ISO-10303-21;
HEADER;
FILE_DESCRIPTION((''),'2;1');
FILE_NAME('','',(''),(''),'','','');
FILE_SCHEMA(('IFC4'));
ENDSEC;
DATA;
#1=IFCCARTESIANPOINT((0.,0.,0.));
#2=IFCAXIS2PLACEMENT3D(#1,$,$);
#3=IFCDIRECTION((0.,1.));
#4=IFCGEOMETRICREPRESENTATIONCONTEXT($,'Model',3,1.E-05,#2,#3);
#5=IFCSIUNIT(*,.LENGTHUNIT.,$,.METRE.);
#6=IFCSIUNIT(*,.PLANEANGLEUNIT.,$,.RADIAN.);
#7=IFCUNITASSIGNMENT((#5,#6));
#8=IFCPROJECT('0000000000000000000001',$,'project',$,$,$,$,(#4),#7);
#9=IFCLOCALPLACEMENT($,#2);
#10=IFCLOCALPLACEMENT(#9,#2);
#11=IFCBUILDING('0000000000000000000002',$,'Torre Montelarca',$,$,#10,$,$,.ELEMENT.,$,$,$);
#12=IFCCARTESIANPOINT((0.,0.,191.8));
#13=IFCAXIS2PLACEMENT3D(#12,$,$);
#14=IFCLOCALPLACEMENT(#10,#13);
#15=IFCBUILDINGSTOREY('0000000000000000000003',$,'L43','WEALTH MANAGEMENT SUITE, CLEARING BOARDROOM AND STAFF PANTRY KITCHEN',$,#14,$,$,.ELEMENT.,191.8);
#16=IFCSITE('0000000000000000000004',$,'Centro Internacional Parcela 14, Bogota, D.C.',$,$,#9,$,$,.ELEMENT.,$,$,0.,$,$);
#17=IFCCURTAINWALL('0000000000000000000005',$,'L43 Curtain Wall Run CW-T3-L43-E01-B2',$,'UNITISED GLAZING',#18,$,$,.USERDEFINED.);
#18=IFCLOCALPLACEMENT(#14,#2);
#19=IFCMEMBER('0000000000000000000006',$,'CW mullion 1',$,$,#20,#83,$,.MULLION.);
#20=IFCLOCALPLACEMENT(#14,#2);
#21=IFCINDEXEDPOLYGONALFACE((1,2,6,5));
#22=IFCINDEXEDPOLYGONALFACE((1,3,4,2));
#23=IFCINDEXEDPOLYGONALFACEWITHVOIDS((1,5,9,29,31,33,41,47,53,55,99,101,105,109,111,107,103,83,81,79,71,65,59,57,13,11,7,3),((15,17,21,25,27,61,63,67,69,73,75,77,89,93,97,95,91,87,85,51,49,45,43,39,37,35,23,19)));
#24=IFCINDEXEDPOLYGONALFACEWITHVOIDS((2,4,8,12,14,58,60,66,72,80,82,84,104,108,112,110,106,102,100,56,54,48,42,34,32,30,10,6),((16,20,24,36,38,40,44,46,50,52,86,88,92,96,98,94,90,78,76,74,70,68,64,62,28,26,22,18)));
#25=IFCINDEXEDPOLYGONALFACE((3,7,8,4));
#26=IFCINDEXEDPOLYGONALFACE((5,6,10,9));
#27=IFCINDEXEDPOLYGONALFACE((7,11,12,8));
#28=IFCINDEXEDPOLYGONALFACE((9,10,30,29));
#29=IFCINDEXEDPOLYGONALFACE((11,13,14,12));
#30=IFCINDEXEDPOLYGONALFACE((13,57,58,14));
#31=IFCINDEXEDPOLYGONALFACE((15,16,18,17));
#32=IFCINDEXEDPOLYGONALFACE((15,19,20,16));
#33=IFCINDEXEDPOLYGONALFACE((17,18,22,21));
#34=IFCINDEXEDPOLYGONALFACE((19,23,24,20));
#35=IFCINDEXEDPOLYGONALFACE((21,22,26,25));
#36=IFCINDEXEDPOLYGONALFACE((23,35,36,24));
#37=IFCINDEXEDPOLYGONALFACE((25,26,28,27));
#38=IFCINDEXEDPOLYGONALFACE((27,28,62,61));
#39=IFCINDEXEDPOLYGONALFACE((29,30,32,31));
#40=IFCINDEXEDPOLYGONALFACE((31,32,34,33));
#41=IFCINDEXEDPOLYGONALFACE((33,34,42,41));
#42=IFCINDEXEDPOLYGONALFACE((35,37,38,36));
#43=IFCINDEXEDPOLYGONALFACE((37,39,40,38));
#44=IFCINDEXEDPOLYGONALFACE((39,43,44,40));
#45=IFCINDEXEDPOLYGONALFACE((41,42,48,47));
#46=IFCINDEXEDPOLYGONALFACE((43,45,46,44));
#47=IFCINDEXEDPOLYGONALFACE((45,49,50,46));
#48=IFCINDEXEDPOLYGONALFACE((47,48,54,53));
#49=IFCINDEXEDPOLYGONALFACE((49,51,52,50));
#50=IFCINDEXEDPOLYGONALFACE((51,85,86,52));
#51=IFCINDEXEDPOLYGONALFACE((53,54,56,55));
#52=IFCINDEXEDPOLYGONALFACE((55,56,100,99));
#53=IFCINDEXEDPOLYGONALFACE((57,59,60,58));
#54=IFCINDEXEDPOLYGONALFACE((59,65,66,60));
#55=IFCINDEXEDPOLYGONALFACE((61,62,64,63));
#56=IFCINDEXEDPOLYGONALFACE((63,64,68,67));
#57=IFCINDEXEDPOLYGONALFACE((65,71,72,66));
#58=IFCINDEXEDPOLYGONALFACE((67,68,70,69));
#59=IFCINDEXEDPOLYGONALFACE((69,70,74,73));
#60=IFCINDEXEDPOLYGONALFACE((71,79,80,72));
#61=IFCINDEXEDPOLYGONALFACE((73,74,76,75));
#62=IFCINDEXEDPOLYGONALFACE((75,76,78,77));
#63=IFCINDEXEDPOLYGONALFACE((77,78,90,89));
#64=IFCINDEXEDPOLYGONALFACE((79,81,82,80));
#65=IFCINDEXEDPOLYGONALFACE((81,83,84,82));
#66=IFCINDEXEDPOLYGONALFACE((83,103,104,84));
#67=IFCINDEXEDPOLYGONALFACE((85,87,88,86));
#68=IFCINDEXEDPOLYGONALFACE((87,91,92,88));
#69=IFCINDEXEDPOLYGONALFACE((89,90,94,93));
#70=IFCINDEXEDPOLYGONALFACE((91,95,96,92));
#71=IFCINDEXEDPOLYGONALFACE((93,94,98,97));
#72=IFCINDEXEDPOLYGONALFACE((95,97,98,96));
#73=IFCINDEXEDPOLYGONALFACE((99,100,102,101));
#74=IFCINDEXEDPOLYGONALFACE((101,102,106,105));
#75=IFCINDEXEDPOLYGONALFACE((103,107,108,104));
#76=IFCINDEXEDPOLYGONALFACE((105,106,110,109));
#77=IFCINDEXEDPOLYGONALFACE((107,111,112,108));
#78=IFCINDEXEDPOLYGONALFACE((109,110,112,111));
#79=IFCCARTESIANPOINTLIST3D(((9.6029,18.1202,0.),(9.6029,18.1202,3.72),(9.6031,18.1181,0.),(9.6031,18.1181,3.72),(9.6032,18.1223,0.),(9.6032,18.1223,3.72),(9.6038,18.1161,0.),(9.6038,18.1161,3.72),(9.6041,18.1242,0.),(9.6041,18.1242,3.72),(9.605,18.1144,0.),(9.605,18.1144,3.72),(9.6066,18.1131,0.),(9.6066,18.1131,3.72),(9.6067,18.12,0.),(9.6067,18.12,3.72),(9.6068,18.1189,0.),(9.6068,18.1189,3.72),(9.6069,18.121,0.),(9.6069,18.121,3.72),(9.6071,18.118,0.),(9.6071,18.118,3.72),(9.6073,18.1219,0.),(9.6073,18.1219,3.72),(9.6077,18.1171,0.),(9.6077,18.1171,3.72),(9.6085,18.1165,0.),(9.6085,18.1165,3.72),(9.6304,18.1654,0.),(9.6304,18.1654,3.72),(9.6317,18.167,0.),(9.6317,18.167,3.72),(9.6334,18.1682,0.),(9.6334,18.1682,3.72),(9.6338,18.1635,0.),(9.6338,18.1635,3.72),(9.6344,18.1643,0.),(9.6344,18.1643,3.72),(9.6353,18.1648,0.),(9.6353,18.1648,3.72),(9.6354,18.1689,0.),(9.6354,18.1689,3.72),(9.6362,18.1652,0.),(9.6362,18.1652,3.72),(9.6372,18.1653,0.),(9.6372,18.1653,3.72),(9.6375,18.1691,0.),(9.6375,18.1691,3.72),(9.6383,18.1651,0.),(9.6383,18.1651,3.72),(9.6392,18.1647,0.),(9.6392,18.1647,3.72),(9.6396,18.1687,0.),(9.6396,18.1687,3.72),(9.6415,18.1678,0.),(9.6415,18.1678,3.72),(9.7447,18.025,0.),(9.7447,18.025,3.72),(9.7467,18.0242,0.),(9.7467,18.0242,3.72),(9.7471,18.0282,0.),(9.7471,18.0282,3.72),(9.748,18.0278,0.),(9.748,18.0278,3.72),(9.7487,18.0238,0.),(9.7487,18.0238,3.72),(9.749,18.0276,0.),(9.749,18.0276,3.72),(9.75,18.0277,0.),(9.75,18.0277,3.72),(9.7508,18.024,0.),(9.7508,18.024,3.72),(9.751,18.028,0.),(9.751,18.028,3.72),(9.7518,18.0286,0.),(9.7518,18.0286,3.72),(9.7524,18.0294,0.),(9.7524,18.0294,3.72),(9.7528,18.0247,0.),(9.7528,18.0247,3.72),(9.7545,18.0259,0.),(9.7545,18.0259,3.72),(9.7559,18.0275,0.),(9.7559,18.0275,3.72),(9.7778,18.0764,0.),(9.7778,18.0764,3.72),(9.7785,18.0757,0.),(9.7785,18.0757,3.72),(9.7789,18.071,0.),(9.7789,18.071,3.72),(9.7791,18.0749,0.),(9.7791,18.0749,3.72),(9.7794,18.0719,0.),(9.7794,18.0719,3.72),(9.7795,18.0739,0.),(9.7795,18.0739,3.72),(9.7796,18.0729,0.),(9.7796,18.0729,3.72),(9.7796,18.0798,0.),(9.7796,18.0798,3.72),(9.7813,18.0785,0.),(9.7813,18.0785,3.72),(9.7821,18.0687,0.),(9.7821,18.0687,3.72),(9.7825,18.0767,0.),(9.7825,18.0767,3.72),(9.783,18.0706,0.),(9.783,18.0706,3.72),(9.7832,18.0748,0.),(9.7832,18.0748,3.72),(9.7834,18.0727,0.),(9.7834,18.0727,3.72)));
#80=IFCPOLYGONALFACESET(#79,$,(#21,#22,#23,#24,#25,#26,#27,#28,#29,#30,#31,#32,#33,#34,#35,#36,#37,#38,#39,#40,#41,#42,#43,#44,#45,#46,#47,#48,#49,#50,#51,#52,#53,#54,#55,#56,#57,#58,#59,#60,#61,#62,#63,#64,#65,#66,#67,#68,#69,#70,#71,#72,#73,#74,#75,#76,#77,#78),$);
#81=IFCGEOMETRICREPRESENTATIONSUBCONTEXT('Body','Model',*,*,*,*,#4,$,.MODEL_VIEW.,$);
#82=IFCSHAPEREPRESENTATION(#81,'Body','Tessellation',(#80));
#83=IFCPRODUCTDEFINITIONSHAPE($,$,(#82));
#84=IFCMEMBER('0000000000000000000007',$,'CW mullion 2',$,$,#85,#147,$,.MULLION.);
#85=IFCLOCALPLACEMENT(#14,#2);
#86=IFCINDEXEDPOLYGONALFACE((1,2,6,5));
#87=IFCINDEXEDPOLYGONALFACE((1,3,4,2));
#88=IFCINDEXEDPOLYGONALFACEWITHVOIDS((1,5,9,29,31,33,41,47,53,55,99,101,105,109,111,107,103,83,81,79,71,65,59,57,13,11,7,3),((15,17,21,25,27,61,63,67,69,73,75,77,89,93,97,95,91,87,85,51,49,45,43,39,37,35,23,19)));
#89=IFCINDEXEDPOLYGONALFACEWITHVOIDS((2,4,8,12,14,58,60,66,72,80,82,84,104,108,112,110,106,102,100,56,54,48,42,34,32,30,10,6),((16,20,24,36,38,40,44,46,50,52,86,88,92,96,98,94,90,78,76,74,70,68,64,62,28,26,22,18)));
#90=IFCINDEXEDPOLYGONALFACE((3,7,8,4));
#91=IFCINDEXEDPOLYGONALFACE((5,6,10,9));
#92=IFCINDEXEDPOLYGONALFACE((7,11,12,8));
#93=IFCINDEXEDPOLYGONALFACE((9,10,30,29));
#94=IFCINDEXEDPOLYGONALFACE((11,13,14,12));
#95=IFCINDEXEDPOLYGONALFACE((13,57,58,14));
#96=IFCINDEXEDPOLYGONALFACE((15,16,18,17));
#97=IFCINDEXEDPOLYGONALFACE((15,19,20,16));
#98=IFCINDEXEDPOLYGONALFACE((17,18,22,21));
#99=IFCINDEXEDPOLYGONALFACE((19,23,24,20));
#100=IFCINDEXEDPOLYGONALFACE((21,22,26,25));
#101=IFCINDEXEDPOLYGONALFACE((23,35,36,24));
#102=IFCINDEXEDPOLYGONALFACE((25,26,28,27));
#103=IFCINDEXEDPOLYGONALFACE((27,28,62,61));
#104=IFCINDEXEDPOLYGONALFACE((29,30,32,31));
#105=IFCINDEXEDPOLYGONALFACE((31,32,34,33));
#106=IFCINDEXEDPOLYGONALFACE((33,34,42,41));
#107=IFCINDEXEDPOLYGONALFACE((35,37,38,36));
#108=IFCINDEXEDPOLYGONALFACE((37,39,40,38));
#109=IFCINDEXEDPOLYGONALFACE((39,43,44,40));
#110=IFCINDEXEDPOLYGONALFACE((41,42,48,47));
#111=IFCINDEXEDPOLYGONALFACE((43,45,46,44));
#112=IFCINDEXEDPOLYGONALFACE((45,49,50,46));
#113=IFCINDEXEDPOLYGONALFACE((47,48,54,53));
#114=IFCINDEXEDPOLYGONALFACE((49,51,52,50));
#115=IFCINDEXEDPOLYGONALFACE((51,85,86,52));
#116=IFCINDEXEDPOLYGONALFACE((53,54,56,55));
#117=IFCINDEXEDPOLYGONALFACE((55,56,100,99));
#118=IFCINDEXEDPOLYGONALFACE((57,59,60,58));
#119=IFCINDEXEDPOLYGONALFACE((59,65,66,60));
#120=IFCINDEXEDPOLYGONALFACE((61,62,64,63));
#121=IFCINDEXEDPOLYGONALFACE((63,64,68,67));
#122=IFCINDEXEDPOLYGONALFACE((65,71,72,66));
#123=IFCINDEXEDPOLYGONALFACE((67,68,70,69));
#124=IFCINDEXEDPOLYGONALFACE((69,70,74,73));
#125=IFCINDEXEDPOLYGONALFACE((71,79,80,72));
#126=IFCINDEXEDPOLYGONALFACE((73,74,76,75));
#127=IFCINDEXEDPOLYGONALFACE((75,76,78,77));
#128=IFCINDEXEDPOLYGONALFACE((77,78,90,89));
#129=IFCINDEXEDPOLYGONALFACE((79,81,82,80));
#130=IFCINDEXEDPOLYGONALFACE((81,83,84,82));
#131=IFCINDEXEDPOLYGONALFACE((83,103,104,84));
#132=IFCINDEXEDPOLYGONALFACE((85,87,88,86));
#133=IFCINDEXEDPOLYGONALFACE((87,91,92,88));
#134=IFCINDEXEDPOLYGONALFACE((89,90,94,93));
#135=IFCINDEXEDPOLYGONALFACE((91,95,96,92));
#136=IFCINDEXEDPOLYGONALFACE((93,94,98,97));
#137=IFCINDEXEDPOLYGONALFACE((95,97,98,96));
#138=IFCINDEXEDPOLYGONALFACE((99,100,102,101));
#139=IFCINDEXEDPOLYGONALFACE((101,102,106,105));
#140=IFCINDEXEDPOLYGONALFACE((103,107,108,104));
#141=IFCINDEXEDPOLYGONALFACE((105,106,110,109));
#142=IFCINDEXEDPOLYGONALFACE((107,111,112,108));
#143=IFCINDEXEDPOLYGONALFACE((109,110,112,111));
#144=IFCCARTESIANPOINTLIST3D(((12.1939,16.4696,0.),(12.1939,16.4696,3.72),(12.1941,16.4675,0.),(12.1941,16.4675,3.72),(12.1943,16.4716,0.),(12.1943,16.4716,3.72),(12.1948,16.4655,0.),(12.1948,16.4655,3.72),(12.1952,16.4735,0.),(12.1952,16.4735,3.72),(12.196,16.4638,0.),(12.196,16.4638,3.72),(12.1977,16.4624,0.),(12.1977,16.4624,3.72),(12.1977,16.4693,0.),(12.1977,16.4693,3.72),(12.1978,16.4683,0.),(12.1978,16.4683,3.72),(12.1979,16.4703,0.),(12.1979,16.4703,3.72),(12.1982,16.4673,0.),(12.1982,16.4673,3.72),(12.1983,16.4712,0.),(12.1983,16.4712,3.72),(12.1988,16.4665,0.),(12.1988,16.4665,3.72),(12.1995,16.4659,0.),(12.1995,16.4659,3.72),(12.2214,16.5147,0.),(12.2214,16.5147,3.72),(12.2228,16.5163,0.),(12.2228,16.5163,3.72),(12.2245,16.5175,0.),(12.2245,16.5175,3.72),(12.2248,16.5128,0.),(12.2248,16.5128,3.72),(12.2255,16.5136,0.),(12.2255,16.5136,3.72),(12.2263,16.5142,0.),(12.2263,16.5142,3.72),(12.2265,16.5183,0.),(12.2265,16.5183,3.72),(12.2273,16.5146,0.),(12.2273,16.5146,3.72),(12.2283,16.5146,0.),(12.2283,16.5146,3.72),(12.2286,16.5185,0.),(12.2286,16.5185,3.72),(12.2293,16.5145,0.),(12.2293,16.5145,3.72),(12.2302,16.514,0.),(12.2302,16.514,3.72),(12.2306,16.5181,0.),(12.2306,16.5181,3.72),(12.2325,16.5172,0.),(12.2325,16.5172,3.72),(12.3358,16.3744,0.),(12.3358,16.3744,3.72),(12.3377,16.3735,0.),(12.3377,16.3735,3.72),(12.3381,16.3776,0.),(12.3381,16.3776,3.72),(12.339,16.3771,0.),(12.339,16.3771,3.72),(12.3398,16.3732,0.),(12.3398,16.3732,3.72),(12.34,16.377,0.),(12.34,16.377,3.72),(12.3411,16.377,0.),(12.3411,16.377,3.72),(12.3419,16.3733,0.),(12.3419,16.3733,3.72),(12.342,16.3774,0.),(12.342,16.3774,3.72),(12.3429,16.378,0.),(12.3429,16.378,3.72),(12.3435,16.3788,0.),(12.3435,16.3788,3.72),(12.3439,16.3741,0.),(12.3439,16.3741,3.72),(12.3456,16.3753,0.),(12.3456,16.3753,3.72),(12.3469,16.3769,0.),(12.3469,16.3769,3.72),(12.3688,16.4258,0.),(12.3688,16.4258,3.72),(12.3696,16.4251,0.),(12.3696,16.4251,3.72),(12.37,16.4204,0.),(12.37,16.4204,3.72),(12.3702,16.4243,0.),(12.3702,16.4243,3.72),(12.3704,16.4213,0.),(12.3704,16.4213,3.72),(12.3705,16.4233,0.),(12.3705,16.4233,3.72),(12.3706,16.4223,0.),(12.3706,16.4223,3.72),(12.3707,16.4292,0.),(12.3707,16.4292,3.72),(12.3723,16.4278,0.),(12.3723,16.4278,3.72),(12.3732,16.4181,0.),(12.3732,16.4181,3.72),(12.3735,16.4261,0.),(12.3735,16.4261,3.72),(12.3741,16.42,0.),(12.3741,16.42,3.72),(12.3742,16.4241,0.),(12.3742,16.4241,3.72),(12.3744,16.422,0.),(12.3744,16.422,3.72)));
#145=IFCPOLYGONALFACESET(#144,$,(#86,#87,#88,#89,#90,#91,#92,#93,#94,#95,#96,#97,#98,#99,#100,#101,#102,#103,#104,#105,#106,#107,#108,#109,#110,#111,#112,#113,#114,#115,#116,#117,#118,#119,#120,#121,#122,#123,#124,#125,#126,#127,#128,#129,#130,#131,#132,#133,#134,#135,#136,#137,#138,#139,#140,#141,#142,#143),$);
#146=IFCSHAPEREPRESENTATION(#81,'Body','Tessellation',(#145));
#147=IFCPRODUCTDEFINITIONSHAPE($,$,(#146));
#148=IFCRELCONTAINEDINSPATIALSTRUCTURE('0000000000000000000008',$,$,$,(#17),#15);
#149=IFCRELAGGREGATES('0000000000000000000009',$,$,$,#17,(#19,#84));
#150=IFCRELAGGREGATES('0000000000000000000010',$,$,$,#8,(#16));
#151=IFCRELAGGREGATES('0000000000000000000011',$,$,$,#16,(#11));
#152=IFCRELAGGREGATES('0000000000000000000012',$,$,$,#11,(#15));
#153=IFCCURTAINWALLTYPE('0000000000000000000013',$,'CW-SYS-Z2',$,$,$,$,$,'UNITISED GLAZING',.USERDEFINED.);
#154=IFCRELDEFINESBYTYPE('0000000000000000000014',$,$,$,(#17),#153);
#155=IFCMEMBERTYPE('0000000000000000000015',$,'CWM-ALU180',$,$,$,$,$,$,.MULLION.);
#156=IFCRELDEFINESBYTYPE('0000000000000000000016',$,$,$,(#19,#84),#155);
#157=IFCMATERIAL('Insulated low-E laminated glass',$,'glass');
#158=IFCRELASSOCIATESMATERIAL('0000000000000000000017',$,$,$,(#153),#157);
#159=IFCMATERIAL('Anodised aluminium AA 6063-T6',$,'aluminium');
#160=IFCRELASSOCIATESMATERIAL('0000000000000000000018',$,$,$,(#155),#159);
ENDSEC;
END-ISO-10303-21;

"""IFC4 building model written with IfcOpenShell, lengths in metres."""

from ifc_helpers import new_model, si_unit, direction, frame, origin, origin_2d, place, context, subcontext, project, spatial, hollow_rectangle, extrude, source, transform, mapped, material, material_profile, profile_set, type_object, element, aggregate, save


model = new_model("IFC4")

# Units and contexts
model_context = context("Model", 3, precision=1e-05, world=origin(), true_north=direction((0.0, 1.0)))
body_context = subcontext(model_context, "Body", "Model", "MODEL_VIEW")
ifc_project = project(units=[si_unit("LENGTHUNIT", "METRE"), si_unit("PLANEANGLEUNIT", "RADIAN")], contexts=[model_context])

# Site, building, storey
site_placement = place(None, origin())
site = spatial("IfcSite", under=ifc_project, at=site_placement, Name="Centro Internacional Parcela 14, Bogota, D.C.", CompositionType="ELEMENT", RefElevation=0.0)
building_placement = place(site_placement, origin())
building = spatial("IfcBuilding", under=site, at=building_placement, Name="Torre Montelarca", CompositionType="ELEMENT")
storey_placement = place(building_placement, frame((0.0, 0.0, 191.8)))
storey = spatial("IfcBuildingStorey", under=building, at=storey_placement, Name="L43", Description="WEALTH MANAGEMENT SUITE, CLEARING BOARDROOM AND STAFF PANTRY KITCHEN", CompositionType="ELEMENT", Elevation=191.8)

# Curtain wall, members
ifc_material_1 = material(Name="Insulated low-E laminated glass", Category="glass")
curtain_wall_type = type_object("IfcCurtainWallType", Name="CW-SYS-Z2", ElementType="UNITISED GLAZING", PredefinedType="USERDEFINED", material=ifc_material_1)
ifc_material_2 = material(Name="Anodised aluminium AA 6063-T6", Category="aluminium")
ifc_material_profile_1 = material_profile(ifc_material_2, hollow_rectangle(XDim=0.0649, YDim=0.1799, WallThickness=0.0039, InnerFilletRadius=0.0039, OuterFilletRadius=0.0081, at=origin_2d()), Name="ALU65X180X4", Category="aluminium")
ifc_profile_set_1 = profile_set([ifc_material_profile_1], Name="Anodised aluminium AA 6063-T6")
member_type_1 = type_object("IfcMemberType", Name="CWM-ALU180", PredefinedType="MULLION", material=ifc_profile_set_1)
shared_shape_1 = source(origin(), body_context, "Body", "SweptSolid", [
    extrude(hollow_rectangle(XDim=0.0649, YDim=0.1799, WallThickness=0.0039, InnerFilletRadius=0.0039, OuterFilletRadius=0.0081, at=origin_2d()), origin(), (0.0, 0.0, 1.0), 3.72),
])
curtain_wall_1_placement = place(storey_placement, origin())
curtain_wall_1 = element("IfcCurtainWall", 1, at=curtain_wall_1_placement, inside=storey, type_object=curtain_wall_type, Name="L43 Curtain Wall Run CW-T3-L43-E01-B2", ObjectType="UNITISED GLAZING", PredefinedType="USERDEFINED")
member_1_placement = place(storey_placement, frame((9.6931, 18.0964, 0.0), z_axis=(0.0, 0.0, 1.0), x_axis=(0.537307, 0.843387, 0.0)))
member_1 = element("IfcMember", 2, at=member_1_placement, type_object=member_type_1, Name="CW mullion 1", PredefinedType="MULLION", context=body_context, shape_type="MappedRepresentation", body=[
    mapped(shared_shape_1, transform((0.0, 0.0, 0.0), scale=1.0)),
])
member_2_placement = place(storey_placement, frame((12.2842, 16.4458, 0.0), z_axis=(0.0, 0.0, 1.0), x_axis=(0.537307, 0.843387, 0.0)))
member_2 = element("IfcMember", 3, at=member_2_placement, type_object=member_type_1, Name="CW mullion 2", PredefinedType="MULLION", context=body_context, shape_type="MappedRepresentation", body=[
    mapped(shared_shape_1, transform((0.0, 0.0, 0.0), scale=1.0)),
])

aggregate(curtain_wall_1, [member_1, member_2])

save(model, "model.ifc")
